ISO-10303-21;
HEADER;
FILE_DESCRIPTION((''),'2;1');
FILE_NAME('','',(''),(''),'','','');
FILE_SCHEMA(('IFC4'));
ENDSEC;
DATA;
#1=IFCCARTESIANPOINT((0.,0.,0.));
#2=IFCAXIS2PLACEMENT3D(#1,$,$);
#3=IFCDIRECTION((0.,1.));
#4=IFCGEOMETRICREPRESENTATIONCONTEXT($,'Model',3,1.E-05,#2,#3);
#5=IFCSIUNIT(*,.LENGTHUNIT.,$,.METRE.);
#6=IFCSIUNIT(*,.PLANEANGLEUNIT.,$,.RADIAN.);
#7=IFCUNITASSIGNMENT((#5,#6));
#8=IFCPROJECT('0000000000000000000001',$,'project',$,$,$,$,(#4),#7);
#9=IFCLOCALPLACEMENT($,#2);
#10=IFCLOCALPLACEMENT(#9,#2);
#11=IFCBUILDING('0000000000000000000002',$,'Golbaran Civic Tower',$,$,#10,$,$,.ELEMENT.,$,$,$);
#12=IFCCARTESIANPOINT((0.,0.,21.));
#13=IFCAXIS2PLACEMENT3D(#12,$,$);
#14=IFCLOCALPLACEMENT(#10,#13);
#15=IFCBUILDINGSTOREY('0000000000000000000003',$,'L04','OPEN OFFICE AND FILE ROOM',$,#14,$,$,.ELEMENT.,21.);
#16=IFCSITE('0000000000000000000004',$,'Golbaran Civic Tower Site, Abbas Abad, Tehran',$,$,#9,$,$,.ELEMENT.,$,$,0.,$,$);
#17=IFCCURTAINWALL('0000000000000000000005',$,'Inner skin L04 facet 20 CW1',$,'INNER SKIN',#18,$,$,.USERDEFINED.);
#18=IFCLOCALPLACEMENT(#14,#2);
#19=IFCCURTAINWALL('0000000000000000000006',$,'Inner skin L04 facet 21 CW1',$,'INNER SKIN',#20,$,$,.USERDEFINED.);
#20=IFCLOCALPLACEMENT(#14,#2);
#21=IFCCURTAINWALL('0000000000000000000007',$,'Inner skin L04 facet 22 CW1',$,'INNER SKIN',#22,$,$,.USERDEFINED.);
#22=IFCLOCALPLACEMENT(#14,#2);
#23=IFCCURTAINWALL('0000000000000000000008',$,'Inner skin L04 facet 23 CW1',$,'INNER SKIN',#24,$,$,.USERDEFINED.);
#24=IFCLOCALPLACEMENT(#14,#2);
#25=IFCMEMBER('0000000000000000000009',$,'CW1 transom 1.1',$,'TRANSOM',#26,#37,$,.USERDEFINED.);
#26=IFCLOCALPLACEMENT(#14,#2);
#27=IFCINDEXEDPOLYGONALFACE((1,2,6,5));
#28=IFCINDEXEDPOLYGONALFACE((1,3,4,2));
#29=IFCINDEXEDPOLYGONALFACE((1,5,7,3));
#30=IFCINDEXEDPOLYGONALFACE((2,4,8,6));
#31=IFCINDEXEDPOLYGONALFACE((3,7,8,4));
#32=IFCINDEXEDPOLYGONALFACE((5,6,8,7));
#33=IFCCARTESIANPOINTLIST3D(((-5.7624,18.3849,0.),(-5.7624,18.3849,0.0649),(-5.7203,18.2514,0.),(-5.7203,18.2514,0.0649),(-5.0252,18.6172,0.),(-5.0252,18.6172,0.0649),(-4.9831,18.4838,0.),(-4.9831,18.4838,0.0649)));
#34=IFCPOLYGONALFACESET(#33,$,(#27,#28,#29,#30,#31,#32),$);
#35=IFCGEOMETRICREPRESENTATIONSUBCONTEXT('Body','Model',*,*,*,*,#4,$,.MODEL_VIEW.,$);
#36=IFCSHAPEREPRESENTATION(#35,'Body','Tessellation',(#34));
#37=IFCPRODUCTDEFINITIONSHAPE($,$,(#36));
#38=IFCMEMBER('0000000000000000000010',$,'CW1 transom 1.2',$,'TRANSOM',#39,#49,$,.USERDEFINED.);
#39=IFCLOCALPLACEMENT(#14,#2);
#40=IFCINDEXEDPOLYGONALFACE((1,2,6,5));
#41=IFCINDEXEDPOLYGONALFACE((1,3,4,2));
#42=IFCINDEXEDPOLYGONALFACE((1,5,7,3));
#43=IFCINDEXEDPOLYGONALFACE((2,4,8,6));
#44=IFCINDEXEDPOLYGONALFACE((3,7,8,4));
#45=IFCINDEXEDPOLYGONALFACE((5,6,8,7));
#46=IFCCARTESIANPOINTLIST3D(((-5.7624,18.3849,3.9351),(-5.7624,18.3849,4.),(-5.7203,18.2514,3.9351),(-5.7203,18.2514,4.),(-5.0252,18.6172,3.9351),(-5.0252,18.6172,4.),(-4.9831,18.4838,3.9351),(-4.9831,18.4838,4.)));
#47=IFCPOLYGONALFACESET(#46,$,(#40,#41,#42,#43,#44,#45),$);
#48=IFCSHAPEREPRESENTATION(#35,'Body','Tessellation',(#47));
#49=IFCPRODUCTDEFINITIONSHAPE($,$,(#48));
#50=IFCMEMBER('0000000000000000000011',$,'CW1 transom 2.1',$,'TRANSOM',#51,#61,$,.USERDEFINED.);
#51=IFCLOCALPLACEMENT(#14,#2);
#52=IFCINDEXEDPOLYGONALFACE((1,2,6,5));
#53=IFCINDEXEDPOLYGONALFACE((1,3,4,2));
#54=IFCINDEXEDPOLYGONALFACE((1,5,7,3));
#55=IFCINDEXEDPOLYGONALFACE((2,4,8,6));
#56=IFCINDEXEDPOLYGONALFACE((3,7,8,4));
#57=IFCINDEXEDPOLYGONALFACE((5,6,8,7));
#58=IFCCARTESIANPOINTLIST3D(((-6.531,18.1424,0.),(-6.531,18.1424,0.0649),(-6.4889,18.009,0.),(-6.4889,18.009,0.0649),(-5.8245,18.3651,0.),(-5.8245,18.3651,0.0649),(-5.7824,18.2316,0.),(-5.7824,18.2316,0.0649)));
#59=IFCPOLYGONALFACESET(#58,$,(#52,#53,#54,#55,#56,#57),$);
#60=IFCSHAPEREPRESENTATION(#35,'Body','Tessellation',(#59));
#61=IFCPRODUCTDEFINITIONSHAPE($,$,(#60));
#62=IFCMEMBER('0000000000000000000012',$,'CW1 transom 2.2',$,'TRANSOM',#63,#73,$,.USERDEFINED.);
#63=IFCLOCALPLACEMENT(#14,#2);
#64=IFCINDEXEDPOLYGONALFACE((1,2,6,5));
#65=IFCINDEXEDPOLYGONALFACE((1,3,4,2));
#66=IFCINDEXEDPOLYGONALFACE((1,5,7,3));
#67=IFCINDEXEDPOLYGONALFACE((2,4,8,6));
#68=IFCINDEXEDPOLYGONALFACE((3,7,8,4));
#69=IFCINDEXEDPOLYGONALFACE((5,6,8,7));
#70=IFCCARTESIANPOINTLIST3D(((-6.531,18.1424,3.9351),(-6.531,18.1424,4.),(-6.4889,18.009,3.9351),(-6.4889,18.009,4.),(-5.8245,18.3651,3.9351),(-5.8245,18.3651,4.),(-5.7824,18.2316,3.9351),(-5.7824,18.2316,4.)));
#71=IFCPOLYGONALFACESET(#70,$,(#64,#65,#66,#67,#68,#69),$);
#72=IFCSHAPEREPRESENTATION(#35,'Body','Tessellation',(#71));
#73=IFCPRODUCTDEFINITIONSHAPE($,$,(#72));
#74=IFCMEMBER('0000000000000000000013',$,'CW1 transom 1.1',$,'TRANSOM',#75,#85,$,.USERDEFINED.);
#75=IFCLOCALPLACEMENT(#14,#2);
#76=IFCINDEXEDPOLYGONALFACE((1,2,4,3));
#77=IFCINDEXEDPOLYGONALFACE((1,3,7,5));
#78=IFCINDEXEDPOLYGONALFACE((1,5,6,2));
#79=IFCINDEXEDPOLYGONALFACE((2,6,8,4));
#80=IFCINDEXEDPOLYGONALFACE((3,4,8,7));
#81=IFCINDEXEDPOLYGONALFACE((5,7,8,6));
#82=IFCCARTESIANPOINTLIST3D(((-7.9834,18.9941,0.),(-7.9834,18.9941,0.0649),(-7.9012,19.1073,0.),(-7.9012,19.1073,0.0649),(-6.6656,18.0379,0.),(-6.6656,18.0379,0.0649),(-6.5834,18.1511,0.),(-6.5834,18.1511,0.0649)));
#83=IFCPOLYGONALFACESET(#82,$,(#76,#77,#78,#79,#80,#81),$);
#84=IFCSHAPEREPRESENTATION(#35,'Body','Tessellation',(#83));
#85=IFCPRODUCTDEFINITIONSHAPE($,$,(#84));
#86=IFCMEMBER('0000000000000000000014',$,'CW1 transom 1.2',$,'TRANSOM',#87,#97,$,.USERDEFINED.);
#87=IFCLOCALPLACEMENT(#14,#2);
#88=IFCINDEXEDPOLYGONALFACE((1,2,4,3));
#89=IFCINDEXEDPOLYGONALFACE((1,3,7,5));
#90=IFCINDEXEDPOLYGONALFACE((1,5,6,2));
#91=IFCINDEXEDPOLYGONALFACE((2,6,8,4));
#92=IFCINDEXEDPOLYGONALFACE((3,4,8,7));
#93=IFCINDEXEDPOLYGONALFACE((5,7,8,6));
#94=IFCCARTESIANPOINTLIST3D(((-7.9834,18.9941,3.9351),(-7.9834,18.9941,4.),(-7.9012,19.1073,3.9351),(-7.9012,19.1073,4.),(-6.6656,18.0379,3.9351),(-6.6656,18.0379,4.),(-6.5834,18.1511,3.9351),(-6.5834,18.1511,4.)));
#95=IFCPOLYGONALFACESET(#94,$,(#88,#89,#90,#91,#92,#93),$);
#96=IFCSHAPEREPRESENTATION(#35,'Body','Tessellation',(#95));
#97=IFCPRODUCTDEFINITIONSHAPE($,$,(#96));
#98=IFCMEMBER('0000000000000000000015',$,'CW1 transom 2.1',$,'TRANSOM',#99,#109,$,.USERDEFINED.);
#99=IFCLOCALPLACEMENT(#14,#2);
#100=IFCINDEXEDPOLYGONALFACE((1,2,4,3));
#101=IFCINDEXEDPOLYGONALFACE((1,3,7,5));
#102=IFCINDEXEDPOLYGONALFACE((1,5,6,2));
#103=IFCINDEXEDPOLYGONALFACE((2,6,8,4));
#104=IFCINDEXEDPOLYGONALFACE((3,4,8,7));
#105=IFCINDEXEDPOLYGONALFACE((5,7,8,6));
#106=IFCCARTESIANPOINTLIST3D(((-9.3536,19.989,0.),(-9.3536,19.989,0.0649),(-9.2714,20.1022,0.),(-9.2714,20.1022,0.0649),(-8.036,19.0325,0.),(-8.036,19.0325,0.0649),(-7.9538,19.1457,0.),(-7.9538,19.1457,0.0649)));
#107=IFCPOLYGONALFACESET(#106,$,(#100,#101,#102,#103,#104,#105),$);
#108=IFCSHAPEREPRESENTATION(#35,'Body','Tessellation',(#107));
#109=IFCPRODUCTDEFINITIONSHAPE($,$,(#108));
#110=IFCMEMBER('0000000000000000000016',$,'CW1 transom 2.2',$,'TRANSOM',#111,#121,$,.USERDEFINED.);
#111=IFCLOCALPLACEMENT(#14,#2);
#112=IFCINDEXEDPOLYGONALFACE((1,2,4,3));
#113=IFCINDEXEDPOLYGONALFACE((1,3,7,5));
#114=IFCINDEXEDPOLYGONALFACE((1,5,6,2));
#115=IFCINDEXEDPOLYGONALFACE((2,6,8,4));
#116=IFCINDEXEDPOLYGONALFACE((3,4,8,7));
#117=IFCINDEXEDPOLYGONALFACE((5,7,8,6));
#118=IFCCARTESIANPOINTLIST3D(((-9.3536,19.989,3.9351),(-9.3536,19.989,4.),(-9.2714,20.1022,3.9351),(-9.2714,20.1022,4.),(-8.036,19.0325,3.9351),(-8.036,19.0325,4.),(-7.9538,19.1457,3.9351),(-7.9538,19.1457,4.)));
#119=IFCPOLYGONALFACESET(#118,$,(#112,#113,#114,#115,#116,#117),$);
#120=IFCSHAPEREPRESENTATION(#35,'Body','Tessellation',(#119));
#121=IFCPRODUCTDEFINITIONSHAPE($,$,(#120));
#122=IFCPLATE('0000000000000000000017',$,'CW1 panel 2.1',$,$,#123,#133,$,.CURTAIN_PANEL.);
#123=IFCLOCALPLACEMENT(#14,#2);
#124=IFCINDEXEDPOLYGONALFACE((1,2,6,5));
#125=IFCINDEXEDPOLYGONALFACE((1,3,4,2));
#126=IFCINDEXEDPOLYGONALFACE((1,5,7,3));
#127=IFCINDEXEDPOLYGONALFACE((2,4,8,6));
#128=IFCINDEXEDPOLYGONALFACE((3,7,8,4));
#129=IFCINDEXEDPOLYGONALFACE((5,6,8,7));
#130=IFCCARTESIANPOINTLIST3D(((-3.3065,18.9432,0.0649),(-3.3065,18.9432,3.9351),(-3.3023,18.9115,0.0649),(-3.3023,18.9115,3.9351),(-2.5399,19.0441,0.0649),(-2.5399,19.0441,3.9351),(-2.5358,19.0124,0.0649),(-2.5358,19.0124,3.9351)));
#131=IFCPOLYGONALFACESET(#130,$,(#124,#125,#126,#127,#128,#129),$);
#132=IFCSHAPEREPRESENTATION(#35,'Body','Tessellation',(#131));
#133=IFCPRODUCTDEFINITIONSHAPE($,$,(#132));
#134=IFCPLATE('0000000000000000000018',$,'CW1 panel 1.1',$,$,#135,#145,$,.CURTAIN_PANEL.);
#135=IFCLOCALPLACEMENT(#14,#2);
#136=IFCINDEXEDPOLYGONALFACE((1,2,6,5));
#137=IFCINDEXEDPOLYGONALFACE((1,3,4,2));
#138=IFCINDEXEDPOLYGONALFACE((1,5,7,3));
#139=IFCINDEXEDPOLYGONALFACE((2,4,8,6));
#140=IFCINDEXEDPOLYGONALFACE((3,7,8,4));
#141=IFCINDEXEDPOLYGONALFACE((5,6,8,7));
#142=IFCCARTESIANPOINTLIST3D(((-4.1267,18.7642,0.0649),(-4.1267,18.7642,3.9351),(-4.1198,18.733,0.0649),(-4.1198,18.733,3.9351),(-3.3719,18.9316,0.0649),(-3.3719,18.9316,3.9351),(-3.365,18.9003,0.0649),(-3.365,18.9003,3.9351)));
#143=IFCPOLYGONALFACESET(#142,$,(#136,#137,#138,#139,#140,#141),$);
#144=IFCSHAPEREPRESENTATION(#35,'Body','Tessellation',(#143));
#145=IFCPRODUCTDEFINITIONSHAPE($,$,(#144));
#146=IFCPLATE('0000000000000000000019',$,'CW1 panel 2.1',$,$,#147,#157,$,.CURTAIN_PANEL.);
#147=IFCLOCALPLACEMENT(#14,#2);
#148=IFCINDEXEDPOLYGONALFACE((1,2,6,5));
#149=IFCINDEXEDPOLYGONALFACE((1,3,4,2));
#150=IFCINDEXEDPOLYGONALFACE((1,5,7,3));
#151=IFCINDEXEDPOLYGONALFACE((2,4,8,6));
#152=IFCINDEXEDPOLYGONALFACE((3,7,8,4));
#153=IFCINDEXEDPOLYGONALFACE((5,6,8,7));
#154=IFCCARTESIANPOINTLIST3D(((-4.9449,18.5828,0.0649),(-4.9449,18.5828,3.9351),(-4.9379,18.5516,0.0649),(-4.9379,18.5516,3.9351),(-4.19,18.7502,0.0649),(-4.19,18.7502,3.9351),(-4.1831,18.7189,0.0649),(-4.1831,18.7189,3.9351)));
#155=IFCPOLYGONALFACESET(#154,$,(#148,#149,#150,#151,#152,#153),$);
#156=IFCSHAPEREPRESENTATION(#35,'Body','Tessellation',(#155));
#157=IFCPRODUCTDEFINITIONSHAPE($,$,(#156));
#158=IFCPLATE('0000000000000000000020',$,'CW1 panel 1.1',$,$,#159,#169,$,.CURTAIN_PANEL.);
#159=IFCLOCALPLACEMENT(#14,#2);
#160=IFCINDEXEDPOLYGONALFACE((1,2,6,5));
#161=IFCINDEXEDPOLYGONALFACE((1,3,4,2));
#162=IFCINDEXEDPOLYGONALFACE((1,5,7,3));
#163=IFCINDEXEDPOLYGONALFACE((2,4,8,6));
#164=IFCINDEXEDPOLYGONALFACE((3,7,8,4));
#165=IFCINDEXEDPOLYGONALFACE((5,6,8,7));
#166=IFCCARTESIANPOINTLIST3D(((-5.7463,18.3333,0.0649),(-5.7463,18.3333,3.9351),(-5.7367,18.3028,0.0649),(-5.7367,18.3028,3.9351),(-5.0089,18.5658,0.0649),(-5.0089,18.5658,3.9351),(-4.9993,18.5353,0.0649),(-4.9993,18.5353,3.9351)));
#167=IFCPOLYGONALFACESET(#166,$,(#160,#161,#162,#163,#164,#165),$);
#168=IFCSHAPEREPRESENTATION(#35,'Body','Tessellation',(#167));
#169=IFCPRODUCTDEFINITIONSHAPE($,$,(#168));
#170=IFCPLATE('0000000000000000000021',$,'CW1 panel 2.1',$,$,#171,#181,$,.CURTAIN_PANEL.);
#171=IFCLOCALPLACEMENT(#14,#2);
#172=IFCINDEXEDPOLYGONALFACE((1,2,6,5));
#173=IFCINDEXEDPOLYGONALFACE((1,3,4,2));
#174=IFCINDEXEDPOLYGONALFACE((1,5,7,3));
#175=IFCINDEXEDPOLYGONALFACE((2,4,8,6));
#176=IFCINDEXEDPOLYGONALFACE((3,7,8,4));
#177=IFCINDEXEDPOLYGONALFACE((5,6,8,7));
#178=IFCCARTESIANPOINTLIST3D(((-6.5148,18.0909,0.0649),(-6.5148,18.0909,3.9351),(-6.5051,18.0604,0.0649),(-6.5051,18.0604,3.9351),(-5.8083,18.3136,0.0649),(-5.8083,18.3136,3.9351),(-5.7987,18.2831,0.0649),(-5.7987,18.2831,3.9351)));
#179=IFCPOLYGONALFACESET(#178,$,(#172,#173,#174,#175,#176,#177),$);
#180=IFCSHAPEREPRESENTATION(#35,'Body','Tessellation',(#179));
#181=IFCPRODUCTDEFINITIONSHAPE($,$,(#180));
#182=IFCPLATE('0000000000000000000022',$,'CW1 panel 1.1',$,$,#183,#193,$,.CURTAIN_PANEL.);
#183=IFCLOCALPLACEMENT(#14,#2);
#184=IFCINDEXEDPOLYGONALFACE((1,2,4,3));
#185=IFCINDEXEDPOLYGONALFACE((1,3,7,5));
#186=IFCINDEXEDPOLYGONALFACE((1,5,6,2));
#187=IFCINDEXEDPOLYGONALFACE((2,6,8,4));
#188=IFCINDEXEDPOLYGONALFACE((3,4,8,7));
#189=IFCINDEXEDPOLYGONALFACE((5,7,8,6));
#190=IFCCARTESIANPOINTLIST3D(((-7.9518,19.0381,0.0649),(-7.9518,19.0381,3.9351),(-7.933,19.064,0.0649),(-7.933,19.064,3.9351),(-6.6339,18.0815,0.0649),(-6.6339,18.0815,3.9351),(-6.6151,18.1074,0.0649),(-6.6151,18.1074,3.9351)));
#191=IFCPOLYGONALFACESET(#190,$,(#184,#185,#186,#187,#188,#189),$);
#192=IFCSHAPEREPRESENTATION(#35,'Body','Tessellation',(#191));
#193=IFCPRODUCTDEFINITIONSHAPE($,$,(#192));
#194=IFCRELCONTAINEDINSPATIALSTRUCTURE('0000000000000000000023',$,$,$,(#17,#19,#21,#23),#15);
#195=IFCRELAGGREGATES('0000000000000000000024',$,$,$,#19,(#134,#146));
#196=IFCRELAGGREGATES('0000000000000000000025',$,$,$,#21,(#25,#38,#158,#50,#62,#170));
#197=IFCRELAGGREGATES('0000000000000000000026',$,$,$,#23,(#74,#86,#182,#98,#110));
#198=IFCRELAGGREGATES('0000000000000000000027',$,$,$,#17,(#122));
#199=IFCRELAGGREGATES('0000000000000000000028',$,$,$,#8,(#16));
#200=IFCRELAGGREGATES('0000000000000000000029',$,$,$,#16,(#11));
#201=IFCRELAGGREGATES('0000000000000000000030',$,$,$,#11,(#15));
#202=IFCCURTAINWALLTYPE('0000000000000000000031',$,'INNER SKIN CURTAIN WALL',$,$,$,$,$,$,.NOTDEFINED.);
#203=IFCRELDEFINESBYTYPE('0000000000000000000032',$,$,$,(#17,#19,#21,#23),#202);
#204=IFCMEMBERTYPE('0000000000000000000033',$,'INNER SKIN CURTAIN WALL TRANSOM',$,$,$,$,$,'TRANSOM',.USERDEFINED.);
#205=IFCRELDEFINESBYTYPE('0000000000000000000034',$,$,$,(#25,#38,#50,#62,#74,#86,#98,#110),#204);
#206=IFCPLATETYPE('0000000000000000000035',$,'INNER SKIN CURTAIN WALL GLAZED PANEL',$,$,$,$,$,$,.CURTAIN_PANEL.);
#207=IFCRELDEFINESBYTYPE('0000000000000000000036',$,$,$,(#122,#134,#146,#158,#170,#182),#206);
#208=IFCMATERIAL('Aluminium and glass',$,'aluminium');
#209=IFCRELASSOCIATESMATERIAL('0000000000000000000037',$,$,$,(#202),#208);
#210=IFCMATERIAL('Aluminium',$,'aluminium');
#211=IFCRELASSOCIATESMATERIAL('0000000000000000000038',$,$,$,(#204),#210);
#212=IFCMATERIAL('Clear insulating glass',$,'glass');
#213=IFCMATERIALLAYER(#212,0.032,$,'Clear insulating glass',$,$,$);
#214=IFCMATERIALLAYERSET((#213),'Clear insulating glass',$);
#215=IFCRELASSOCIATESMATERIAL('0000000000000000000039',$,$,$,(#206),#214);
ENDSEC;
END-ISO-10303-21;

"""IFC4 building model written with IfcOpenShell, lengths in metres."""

from ifc_helpers import new_model, si_unit, direction, frame, origin, origin_2d, place, context, subcontext, project, spatial, rectangle, extrude, material, layer, layer_set, material_profile, profile_set, type_object, element, aggregate, save


model = new_model("IFC4")

# Units and contexts
model_context = context("Model", 3, precision=1e-05, world=origin(), true_north=direction((0.0, 1.0)))
body_context = subcontext(model_context, "Body", "Model", "MODEL_VIEW")
ifc_project = project(units=[si_unit("LENGTHUNIT", "METRE"), si_unit("PLANEANGLEUNIT", "RADIAN")], contexts=[model_context])

# Site, building, storey
site_placement = place(None, origin())
site = spatial("IfcSite", under=ifc_project, at=site_placement, Name="Golbaran Civic Tower Site, Abbas Abad, Tehran", CompositionType="ELEMENT", RefElevation=0.0)
building_placement = place(site_placement, origin())
building = spatial("IfcBuilding", under=site, at=building_placement, Name="Golbaran Civic Tower", CompositionType="ELEMENT")
storey_placement = place(building_placement, frame((0.0, 0.0, 21.0)))
storey = spatial("IfcBuildingStorey", under=building, at=storey_placement, Name="L04", Description="OPEN OFFICE AND FILE ROOM", CompositionType="ELEMENT", Elevation=21.0)

# Curtain walls
ifc_material_1 = material(Name="Aluminium and glass", Category="aluminium")
curtain_wall_type = type_object("IfcCurtainWallType", Name="INNER SKIN CURTAIN WALL", PredefinedType="NOTDEFINED", material=ifc_material_1)
curtain_wall_1_placement = place(storey_placement, origin())
curtain_wall_1 = element("IfcCurtainWall", 1, at=curtain_wall_1_placement, inside=storey, type_object=curtain_wall_type, Name="Inner skin L04 facet 20 CW1", ObjectType="INNER SKIN", PredefinedType="USERDEFINED")
ifc_material_2 = material(Name="Aluminium", Category="aluminium")
curtain_wall_2_placement = place(storey_placement, origin())
curtain_wall_2 = element("IfcCurtainWall", 2, at=curtain_wall_2_placement, inside=storey, type_object=curtain_wall_type, Name="Inner skin L04 facet 21 CW1", ObjectType="INNER SKIN", PredefinedType="USERDEFINED")
curtain_wall_3_placement = place(storey_placement, origin())
curtain_wall_3 = element("IfcCurtainWall", 3, at=curtain_wall_3_placement, inside=storey, type_object=curtain_wall_type, Name="Inner skin L04 facet 22 CW1", ObjectType="INNER SKIN", PredefinedType="USERDEFINED")
curtain_wall_4_placement = place(storey_placement, origin())
curtain_wall_4 = element("IfcCurtainWall", 4, at=curtain_wall_4_placement, inside=storey, type_object=curtain_wall_type, Name="Inner skin L04 facet 23 CW1", ObjectType="INNER SKIN", PredefinedType="USERDEFINED")

# Members
ifc_material_profile_1 = material_profile(ifc_material_2, rectangle(XDim=0.1399, YDim=0.0649, at=origin_2d()), Name="INNER SKIN CURTAIN WALL TRANSOM")
ifc_profile_set_1 = profile_set([ifc_material_profile_1], Name="Aluminium")
member_type_1 = type_object("IfcMemberType", Name="INNER SKIN CURTAIN WALL TRANSOM", ElementType="TRANSOM", PredefinedType="USERDEFINED", material=ifc_profile_set_1)
member_1_placement = place(storey_placement, frame((-5.0042, 18.5505, 0.0325), z_axis=(-0.953735, -0.300648, 0.0), x_axis=(0.300648, -0.953735, 0.0)))
member_1 = element("IfcMember", 5, at=member_1_placement, type_object=member_type_1, Name="CW1 transom 1.1", ObjectType="TRANSOM", PredefinedType="USERDEFINED", context=body_context, shape_type="SweptSolid", body=[
    extrude(rectangle(XDim=0.1399, YDim=0.0649, at=origin_2d()), origin(), (0.0, 0.0, 1.0), 0.7729),
])
member_2_placement = place(storey_placement, frame((-5.0042, 18.5505, 3.9675), z_axis=(-0.953735, -0.300648, 0.0), x_axis=(0.300648, -0.953735, 0.0)))
member_2 = element("IfcMember", 6, at=member_2_placement, type_object=member_type_1, Name="CW1 transom 1.2", ObjectType="TRANSOM", PredefinedType="USERDEFINED", context=body_context, shape_type="SweptSolid", body=[
    extrude(rectangle(XDim=0.1399, YDim=0.0649, at=origin_2d()), origin(), (0.0, 0.0, 1.0), 0.7729),
])
member_3_placement = place(storey_placement, frame((-5.8035, 18.2983, 0.0325), z_axis=(-0.953762, -0.300563, 0.0), x_axis=(0.300563, -0.953762, 0.0)))
member_3 = element("IfcMember", 7, at=member_3_placement, type_object=member_type_1, Name="CW1 transom 2.1", ObjectType="TRANSOM", PredefinedType="USERDEFINED", context=body_context, shape_type="SweptSolid", body=[
    extrude(rectangle(XDim=0.1399, YDim=0.0649, at=origin_2d()), origin(), (0.0, 0.0, 1.0), 0.7407),
])
member_4_placement = place(storey_placement, frame((-5.8035, 18.2983, 3.9675), z_axis=(-0.953762, -0.300563, 0.0), x_axis=(0.300563, -0.953762, 0.0)))
member_4 = element("IfcMember", 8, at=member_4_placement, type_object=member_type_1, Name="CW1 transom 2.2", ObjectType="TRANSOM", PredefinedType="USERDEFINED", context=body_context, shape_type="SweptSolid", body=[
    extrude(rectangle(XDim=0.1399, YDim=0.0649, at=origin_2d()), origin(), (0.0, 0.0, 1.0), 0.7407),
])
member_5_placement = place(storey_placement, frame((-6.6245, 18.0945, 0.0325), z_axis=(-0.809365, 0.587307, 0.0), x_axis=(-0.587307, -0.809365, 0.0)))
member_5 = element("IfcMember", 9, at=member_5_placement, type_object=member_type_1, Name="CW1 transom 1.1", ObjectType="TRANSOM", PredefinedType="USERDEFINED", context=body_context, shape_type="SweptSolid", body=[
    extrude(rectangle(XDim=0.1399, YDim=0.0649, at=origin_2d()), origin(), (0.0, 0.0, 1.0), 1.6282),
])
member_6_placement = place(storey_placement, frame((-6.6245, 18.0945, 3.9675), z_axis=(-0.809365, 0.587307, 0.0), x_axis=(-0.587307, -0.809365, 0.0)))
member_6 = element("IfcMember", 10, at=member_6_placement, type_object=member_type_1, Name="CW1 transom 1.2", ObjectType="TRANSOM", PredefinedType="USERDEFINED", context=body_context, shape_type="SweptSolid", body=[
    extrude(rectangle(XDim=0.1399, YDim=0.0649, at=origin_2d()), origin(), (0.0, 0.0, 1.0), 1.6282),
])
member_7_placement = place(storey_placement, frame((-7.9949, 19.0891, 0.0325), z_axis=(-0.809242, 0.587476, 0.0), x_axis=(-0.587476, -0.809242, 0.0)))
member_7 = element("IfcMember", 11, at=member_7_placement, type_object=member_type_1, Name="CW1 transom 2.1", ObjectType="TRANSOM", PredefinedType="USERDEFINED", context=body_context, shape_type="SweptSolid", body=[
    extrude(rectangle(XDim=0.1399, YDim=0.0649, at=origin_2d()), origin(), (0.0, 0.0, 1.0), 1.6282),
])
member_8_placement = place(storey_placement, frame((-7.9949, 19.0891, 3.9675), z_axis=(-0.809242, 0.587476, 0.0), x_axis=(-0.587476, -0.809242, 0.0)))
member_8 = element("IfcMember", 12, at=member_8_placement, type_object=member_type_1, Name="CW1 transom 2.2", ObjectType="TRANSOM", PredefinedType="USERDEFINED", context=body_context, shape_type="SweptSolid", body=[
    extrude(rectangle(XDim=0.1399, YDim=0.0649, at=origin_2d()), origin(), (0.0, 0.0, 1.0), 1.6282),
])

# Plates
ifc_material_3 = material(Name="Clear insulating glass", Category="glass")
ifc_layer_1 = layer(ifc_material_3, 0.032, Name="Clear insulating glass")
ifc_layer_set_1 = layer_set([ifc_layer_1], Name="Clear insulating glass")
plate_type_1 = type_object("IfcPlateType", Name="INNER SKIN CURTAIN WALL GLAZED PANEL", PredefinedType="CURTAIN_PANEL", material=ifc_layer_set_1)
plate_1_placement = place(storey_placement, frame((-2.9211, 18.9778, 0.0649), z_axis=(0.0, 0.0, 1.0), x_axis=(-0.991445, -0.130526, 0.0)))
plate_1 = element("IfcPlate", 13, at=plate_1_placement, type_object=plate_type_1, Name="CW1 panel 2.1", PredefinedType="CURTAIN_PANEL", context=body_context, shape_type="SweptSolid", body=[
    extrude(rectangle(XDim=0.7732, YDim=0.032, at=origin_2d()), origin(), (0.0, 0.0, 1.0), 3.8701),
])
plate_2_placement = place(storey_placement, frame((-3.7458, 18.8323, 0.0649), z_axis=(0.0, 0.0, 1.0), x_axis=(-0.976296, -0.21644, 0.0)))
plate_2 = element("IfcPlate", 14, at=plate_2_placement, type_object=plate_type_1, Name="CW1 panel 1.1", PredefinedType="CURTAIN_PANEL", context=body_context, shape_type="SweptSolid", body=[
    extrude(rectangle(XDim=0.7732, YDim=0.032, at=origin_2d()), origin(), (0.0, 0.0, 1.0), 3.8701),
])
plate_3_placement = place(storey_placement, frame((-4.564, 18.6509, 0.0649), z_axis=(0.0, 0.0, 1.0), x_axis=(-0.976296, -0.21644, 0.0)))
plate_3 = element("IfcPlate", 15, at=plate_3_placement, type_object=plate_type_1, Name="CW1 panel 2.1", PredefinedType="CURTAIN_PANEL", context=body_context, shape_type="SweptSolid", body=[
    extrude(rectangle(XDim=0.7732, YDim=0.032, at=origin_2d()), origin(), (0.0, 0.0, 1.0), 3.8701),
])
aggregate(curtain_wall_2, [plate_2, plate_3])
plate_4_placement = place(storey_placement, frame((-5.3728, 18.4343, 0.0649), z_axis=(0.0, 0.0, 1.0), x_axis=(-0.953717, -0.300706, 0.0)))
plate_4 = element("IfcPlate", 16, at=plate_4_placement, type_object=plate_type_1, Name="CW1 panel 1.1", PredefinedType="CURTAIN_PANEL", context=body_context, shape_type="SweptSolid", body=[
    extrude(rectangle(XDim=0.7732, YDim=0.032, at=origin_2d()), origin(), (0.0, 0.0, 1.0), 3.8701),
])
plate_5_placement = place(storey_placement, frame((-6.1567, 18.187, 0.0649), z_axis=(0.0, 0.0, 1.0), x_axis=(-0.953717, -0.300706, 0.0)))
plate_5 = element("IfcPlate", 17, at=plate_5_placement, type_object=plate_type_1, Name="CW1 panel 2.1", PredefinedType="CURTAIN_PANEL", context=body_context, shape_type="SweptSolid", body=[
    extrude(rectangle(XDim=0.7407, YDim=0.032, at=origin_2d()), origin(), (0.0, 0.0, 1.0), 3.8701),
])
aggregate(curtain_wall_3, [member_1, member_2, plate_4, member_3, member_4, plate_5])
plate_6_placement = place(storey_placement, frame((-7.2834, 18.5728, 0.0649), z_axis=(0.0, 0.0, 1.0), x_axis=(-0.809274, 0.587431, 0.0)))
plate_6 = element("IfcPlate", 18, at=plate_6_placement, type_object=plate_type_1, Name="CW1 panel 1.1", PredefinedType="CURTAIN_PANEL", context=body_context, shape_type="SweptSolid", body=[
    extrude(rectangle(XDim=1.6284, YDim=0.032, at=origin_2d()), origin(), (0.0, 0.0, 1.0), 3.8701),
])
aggregate(curtain_wall_4, [member_5, member_6, plate_6, member_7, member_8])
aggregate(curtain_wall_1, [plate_1])

save(model, "model.ifc")
